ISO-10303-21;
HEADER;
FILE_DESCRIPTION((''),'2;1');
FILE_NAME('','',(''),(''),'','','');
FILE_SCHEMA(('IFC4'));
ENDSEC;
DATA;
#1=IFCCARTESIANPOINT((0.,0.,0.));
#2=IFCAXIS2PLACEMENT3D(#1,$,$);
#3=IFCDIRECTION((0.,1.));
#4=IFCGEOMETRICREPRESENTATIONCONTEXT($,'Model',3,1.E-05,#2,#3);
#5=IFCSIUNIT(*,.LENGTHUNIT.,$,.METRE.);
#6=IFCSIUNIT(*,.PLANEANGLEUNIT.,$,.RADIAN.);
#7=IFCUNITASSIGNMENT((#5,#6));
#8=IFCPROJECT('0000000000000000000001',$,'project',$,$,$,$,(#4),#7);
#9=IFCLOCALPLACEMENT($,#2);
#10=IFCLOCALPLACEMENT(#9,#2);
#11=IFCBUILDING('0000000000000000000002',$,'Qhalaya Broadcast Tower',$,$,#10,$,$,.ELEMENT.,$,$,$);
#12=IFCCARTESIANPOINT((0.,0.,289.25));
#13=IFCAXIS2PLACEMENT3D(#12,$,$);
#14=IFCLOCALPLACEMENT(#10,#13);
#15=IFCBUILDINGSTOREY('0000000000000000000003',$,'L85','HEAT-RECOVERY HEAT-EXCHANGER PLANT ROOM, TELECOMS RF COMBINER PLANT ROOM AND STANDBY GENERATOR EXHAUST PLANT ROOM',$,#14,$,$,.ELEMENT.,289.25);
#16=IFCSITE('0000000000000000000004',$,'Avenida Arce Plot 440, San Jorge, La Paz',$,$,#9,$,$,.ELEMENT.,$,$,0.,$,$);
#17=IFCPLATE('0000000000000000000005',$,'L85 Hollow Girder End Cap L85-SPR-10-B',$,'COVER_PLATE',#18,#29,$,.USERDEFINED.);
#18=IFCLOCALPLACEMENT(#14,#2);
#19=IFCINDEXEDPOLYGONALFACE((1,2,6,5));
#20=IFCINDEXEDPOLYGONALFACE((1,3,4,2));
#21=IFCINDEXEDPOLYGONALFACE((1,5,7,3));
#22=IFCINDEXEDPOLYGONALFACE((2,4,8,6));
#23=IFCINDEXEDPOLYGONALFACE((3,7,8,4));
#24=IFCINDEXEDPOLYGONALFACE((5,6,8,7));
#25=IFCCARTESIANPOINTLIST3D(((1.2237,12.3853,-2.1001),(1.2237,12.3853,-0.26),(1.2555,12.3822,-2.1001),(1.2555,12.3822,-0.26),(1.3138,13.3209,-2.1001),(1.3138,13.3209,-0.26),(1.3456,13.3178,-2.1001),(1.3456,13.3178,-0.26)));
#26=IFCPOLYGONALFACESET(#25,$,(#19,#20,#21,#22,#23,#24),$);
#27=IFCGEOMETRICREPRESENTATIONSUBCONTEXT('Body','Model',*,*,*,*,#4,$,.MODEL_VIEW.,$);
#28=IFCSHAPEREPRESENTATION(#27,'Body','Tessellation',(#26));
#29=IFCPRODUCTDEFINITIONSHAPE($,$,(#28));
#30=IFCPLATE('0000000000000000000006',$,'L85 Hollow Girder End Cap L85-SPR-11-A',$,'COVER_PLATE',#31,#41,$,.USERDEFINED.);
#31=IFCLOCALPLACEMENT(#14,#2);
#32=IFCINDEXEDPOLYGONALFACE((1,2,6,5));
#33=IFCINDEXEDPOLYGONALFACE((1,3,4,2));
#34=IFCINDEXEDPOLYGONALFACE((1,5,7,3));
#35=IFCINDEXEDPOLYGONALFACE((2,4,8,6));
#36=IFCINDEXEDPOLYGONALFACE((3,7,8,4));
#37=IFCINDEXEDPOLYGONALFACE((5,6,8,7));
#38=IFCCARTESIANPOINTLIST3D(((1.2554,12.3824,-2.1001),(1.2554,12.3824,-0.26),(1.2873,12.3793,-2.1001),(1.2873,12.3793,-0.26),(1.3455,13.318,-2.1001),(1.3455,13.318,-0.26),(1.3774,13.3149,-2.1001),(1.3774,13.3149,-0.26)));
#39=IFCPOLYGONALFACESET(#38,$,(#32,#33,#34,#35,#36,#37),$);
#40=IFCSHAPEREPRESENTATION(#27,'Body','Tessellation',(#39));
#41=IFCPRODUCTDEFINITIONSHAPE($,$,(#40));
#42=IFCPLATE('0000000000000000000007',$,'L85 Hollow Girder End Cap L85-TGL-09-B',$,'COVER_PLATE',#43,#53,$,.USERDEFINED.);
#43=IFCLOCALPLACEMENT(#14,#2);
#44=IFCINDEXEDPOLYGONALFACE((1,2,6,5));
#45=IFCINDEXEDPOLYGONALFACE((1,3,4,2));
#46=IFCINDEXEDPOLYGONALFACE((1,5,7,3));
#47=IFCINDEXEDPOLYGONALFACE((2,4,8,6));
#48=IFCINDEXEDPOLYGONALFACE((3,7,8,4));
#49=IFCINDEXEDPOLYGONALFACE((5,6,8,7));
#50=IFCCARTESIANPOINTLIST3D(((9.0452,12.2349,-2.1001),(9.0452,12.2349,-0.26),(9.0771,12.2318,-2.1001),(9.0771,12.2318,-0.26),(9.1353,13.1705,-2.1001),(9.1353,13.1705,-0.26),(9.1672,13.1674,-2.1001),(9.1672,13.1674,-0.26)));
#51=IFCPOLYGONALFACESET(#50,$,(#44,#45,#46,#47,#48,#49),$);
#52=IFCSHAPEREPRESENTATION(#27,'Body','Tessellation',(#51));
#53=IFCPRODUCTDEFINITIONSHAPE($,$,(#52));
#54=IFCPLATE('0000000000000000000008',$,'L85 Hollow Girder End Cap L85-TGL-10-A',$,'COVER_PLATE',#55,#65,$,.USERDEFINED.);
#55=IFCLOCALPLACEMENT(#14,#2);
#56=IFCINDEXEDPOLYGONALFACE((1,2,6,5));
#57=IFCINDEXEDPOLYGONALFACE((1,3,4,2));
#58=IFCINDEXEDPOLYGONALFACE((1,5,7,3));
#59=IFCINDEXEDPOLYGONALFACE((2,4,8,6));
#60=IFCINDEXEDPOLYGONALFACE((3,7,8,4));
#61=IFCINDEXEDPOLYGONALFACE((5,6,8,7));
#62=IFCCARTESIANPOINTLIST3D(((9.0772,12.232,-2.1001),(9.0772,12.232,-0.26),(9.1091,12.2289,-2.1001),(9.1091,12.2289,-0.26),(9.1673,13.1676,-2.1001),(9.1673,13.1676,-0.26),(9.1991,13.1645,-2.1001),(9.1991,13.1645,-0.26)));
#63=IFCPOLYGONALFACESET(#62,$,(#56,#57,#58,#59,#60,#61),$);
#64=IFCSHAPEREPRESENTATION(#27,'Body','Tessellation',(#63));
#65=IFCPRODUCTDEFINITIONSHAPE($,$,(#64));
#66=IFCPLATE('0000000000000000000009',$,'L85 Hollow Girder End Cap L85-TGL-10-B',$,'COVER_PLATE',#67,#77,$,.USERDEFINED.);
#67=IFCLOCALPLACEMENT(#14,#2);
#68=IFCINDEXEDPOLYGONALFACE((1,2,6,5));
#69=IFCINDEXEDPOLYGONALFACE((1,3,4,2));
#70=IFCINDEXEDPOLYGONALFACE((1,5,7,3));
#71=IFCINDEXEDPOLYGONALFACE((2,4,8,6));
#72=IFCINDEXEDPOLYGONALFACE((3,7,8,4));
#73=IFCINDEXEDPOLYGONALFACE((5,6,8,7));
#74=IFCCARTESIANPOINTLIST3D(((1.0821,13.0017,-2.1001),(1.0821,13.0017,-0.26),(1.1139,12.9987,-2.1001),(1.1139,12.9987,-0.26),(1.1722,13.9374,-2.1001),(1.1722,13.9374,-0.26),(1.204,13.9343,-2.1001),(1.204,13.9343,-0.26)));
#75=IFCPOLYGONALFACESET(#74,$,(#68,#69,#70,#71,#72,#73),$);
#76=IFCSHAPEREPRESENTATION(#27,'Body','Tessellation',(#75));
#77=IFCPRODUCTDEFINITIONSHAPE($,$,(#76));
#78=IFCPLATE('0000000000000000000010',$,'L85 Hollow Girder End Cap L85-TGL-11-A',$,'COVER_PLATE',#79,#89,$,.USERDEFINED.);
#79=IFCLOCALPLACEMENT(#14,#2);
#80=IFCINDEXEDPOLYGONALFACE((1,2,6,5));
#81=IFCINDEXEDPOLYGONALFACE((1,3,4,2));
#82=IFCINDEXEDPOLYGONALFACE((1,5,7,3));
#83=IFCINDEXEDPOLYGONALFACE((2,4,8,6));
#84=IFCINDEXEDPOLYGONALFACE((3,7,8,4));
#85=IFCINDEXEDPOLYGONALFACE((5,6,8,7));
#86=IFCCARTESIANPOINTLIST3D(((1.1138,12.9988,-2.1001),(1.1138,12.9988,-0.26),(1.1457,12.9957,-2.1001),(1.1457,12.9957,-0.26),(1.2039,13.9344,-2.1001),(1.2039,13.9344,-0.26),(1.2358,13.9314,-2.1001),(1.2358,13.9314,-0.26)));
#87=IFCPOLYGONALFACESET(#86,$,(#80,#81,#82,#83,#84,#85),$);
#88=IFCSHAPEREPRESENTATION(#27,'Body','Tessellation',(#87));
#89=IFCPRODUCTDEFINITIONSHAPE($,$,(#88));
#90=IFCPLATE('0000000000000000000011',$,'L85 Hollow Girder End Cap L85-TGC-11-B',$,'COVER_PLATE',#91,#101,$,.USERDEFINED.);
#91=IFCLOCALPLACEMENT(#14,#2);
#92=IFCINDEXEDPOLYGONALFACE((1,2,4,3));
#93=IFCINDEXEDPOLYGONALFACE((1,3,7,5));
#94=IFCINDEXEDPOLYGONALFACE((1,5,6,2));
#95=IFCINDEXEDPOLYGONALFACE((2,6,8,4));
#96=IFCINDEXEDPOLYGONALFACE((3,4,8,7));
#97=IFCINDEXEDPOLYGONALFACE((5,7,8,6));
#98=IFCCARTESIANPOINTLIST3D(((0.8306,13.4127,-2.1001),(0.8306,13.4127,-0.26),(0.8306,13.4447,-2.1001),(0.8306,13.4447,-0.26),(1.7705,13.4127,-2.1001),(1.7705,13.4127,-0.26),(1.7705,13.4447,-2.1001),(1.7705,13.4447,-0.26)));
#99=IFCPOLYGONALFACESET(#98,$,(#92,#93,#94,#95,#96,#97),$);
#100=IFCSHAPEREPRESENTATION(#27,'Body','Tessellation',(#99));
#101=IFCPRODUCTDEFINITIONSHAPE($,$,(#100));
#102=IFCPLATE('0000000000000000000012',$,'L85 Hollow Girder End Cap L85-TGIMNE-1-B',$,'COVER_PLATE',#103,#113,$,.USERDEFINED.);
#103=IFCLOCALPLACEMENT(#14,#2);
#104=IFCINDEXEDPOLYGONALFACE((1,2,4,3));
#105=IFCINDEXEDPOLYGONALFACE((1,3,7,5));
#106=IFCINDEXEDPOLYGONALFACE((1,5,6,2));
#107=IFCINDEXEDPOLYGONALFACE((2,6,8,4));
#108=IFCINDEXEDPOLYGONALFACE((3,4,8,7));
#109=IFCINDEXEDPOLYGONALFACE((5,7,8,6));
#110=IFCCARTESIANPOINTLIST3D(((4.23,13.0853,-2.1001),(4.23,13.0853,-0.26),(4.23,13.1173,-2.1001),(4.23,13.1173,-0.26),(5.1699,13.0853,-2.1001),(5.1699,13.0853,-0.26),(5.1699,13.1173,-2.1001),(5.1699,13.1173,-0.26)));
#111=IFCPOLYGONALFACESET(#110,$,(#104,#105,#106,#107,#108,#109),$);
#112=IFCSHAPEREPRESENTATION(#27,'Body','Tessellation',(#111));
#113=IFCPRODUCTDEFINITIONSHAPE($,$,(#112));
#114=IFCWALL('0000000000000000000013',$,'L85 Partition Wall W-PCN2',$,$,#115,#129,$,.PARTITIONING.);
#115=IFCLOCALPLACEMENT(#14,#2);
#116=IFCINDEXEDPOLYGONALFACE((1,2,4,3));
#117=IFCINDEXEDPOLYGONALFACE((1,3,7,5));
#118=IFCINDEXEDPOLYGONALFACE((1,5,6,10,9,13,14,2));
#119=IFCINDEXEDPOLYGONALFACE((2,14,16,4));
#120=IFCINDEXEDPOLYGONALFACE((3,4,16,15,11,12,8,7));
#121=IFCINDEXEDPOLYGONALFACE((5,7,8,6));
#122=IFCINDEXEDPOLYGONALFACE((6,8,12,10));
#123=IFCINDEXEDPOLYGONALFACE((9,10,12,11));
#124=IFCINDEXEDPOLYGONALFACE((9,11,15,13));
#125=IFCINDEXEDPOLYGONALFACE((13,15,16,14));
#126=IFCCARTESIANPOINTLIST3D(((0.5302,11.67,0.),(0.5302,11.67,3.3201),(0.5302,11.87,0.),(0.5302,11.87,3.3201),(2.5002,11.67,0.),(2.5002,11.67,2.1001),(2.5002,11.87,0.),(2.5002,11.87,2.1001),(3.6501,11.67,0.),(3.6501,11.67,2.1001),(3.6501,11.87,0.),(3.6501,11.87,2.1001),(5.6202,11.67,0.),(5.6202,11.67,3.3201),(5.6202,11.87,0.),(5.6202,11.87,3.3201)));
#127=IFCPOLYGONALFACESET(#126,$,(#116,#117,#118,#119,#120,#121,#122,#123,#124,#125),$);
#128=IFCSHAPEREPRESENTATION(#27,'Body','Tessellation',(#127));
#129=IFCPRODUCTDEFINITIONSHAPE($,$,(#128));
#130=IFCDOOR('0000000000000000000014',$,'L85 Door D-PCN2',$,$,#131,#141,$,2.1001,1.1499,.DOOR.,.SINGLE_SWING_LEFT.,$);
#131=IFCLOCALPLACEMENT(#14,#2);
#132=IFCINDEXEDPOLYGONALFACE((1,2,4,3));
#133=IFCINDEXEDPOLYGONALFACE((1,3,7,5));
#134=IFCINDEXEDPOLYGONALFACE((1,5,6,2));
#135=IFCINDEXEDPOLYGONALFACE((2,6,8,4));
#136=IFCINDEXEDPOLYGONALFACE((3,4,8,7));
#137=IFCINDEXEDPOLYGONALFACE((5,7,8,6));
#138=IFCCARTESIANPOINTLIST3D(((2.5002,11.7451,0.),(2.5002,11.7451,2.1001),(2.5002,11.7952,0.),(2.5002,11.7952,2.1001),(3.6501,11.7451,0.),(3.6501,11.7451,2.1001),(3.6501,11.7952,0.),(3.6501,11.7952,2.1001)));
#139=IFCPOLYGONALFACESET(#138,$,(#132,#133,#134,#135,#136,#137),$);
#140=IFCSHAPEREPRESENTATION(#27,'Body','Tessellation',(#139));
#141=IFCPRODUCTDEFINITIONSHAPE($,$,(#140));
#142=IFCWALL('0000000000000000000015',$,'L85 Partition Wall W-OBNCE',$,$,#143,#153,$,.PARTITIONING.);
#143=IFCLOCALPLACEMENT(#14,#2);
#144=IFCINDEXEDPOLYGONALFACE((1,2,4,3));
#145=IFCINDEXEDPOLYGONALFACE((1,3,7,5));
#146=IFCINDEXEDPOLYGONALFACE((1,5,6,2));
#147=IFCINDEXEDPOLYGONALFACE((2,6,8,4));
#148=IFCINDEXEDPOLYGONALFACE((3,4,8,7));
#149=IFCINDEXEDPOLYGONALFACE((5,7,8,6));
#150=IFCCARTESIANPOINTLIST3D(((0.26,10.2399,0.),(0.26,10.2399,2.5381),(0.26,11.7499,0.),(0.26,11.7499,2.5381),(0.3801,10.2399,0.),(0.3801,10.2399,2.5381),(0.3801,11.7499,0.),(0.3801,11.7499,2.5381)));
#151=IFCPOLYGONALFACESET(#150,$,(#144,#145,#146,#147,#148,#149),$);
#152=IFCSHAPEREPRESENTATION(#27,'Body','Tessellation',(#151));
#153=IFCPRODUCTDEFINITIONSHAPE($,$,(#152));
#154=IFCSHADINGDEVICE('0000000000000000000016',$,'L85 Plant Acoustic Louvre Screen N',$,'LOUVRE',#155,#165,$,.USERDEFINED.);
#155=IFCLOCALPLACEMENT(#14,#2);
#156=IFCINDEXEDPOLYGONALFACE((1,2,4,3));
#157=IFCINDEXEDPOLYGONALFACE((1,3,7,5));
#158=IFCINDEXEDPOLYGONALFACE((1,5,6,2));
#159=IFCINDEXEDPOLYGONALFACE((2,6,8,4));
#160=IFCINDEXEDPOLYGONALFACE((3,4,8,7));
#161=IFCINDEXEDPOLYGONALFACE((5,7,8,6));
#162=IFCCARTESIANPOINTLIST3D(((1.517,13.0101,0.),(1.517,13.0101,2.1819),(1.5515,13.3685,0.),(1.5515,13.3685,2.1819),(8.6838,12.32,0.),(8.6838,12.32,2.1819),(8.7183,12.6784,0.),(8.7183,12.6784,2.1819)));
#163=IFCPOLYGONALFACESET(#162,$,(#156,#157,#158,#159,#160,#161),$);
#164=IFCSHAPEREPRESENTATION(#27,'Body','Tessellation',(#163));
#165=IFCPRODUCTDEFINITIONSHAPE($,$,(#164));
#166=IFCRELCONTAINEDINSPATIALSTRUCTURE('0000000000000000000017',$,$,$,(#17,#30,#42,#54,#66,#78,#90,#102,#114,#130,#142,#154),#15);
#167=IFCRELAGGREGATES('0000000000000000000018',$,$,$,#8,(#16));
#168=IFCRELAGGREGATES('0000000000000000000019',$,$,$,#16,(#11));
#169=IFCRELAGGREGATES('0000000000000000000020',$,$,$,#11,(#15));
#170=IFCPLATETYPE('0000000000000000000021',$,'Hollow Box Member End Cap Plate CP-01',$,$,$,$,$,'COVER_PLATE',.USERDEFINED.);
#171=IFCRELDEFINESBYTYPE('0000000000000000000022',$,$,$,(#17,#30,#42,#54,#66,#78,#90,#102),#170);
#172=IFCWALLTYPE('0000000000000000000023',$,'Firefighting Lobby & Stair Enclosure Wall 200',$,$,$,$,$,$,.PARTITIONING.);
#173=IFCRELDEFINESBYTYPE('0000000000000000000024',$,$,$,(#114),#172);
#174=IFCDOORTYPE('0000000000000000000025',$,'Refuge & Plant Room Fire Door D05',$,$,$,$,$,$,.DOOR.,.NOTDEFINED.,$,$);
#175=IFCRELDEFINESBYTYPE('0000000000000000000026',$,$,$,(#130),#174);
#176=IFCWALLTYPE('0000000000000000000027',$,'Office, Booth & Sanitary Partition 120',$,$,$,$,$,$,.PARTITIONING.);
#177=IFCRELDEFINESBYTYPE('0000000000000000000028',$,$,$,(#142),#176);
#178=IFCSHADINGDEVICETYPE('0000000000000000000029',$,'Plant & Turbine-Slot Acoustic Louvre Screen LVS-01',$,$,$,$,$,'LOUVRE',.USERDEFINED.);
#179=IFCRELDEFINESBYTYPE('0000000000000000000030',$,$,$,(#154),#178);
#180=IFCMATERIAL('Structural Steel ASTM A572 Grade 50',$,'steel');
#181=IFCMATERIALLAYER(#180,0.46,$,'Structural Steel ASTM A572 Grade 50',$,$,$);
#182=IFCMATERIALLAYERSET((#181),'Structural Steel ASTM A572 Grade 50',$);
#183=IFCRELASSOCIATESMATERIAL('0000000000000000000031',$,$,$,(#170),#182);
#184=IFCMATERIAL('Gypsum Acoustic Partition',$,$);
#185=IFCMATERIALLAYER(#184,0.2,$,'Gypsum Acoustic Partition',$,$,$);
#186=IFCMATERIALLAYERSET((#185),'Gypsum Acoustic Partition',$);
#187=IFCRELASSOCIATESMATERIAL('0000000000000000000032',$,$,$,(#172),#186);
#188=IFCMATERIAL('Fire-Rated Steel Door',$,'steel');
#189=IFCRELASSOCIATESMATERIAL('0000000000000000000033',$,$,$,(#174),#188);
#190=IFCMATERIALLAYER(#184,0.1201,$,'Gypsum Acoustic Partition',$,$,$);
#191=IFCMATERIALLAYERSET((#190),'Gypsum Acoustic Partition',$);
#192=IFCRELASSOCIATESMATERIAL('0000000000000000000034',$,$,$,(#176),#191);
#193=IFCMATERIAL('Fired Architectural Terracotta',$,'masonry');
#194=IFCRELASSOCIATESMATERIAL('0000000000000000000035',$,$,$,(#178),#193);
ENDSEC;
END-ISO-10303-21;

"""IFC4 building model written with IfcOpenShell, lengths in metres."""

from ifc_helpers import new_model, si_unit, direction, frame, frame_2d, origin, origin_2d, place, context, subcontext, project, spatial, rectangle, extrude, material, layer, layer_set, type_object, element, fill, save


model = new_model("IFC4")

# Units and contexts
model_context = context("Model", 3, precision=1e-05, world=origin(), true_north=direction((0.0, 1.0)))
body_context = subcontext(model_context, "Body", "Model", "MODEL_VIEW")
ifc_project = project(units=[si_unit("LENGTHUNIT", "METRE"), si_unit("PLANEANGLEUNIT", "RADIAN")], contexts=[model_context])

# Site, building, storey
site_placement = place(None, origin())
site = spatial("IfcSite", under=ifc_project, at=site_placement, Name="Avenida Arce Plot 440, San Jorge, La Paz", CompositionType="ELEMENT", RefElevation=0.0)
building_placement = place(site_placement, origin())
building = spatial("IfcBuilding", under=site, at=building_placement, Name="Qhalaya Broadcast Tower", CompositionType="ELEMENT")
storey_placement = place(building_placement, frame((0.0, 0.0, 289.25)))
storey = spatial("IfcBuildingStorey", under=building, at=storey_placement, Name="L85", Description="HEAT-RECOVERY HEAT-EXCHANGER PLANT ROOM, TELECOMS RF COMBINER PLANT ROOM AND STANDBY GENERATOR EXHAUST PLANT ROOM", CompositionType="ELEMENT", Elevation=289.25)

# Shared definitions
ifc_material_1 = material(Name="Structural Steel ASTM A572 Grade 50", Category="steel")

# Plates
ifc_layer_1 = layer(ifc_material_1, 0.46, Name="Structural Steel ASTM A572 Grade 50")
ifc_layer_set_1 = layer_set([ifc_layer_1], Name="Structural Steel ASTM A572 Grade 50")
plate_type = type_object("IfcPlateType", Name="Hollow Box Member End Cap Plate CP-01", ElementType="COVER_PLATE", PredefinedType="USERDEFINED", material=ifc_layer_set_1)
for number, where, z_axis, x_axis, name in (
    (1, (1.2847, 12.8516, -2.1001), (0.0, 0.0, 1.0), (-0.095846, -0.995396, 0.0), "L85 Hollow Girder End Cap L85-SPR-10-B"),
    (2, (1.3164, 12.8486, -2.1001), (0.0, 0.0, 1.0), (-0.095846, -0.995396, 0.0), "L85 Hollow Girder End Cap L85-SPR-11-A"),
    (3, (9.1062, 12.7012, -2.1001), (0.0, 0.0, 1.0), (-0.095846, -0.995396, 0.0), "L85 Hollow Girder End Cap L85-TGL-09-B"),
    (4, (9.1382, 12.6982, -2.1001), (0.0, 0.0, 1.0), (-0.095846, -0.995396, 0.0), "L85 Hollow Girder End Cap L85-TGL-10-A"),
    (5, (1.1431, 13.468, -2.1001), (0.0, 0.0, 1.0), (-0.095846, -0.995396, 0.0), "L85 Hollow Girder End Cap L85-TGL-10-B"),
    (6, (1.1748, 13.4651, -2.1001), (0.0, 0.0, 1.0), (-0.095846, -0.995396, 0.0), "L85 Hollow Girder End Cap L85-TGL-11-A"),
    (7, (1.3005, 13.4287, -2.1001), (0.0, 0.0, 1.0), (-1.0, 0.0, 0.0), "L85 Hollow Girder End Cap L85-TGC-11-B"),
    (8, (4.7, 13.1013, -2.1001), (0.0, 0.0, 1.0), (-1.0, 0.0, 0.0), "L85 Hollow Girder End Cap L85-TGIMNE-1-B"),
):
    element("IfcPlate", number, at=place(storey_placement, frame(where, z_axis=z_axis, x_axis=x_axis)), inside=storey, type_object=plate_type, Name=name, ObjectType="COVER_PLATE", PredefinedType="USERDEFINED", context=body_context, shape_type="SweptSolid", body=[
        extrude(rectangle(XDim=0.9399, YDim=0.032, at=origin_2d()), origin(), (0.0, 0.0, 1.0), 1.8401),
    ])

# Wall, opening, door
ifc_material_2 = material(Name="Gypsum Acoustic Partition")
ifc_layer_2 = layer(ifc_material_2, 0.2, Name="Gypsum Acoustic Partition")
ifc_layer_set_2 = layer_set([ifc_layer_2], Name="Gypsum Acoustic Partition")
wall_type_1 = type_object("IfcWallType", Name="Firefighting Lobby & Stair Enclosure Wall 200", PredefinedType="PARTITIONING", material=ifc_layer_set_2)
wall_1_placement = place(storey_placement, frame((5.6201, 11.77, 0.0), z_axis=(0.0, 0.0, 1.0), x_axis=(-1.0, 0.0, 0.0)))
wall_1 = element("IfcWall", 9, at=wall_1_placement, inside=storey, type_object=wall_type_1, Name="L85 Partition Wall W-PCN2", PredefinedType="PARTITIONING", context=body_context, shape_type="SweptSolid", body=[
    extrude(rectangle(XDim=5.0901, YDim=0.2, at=frame_2d((2.5449, 0.0))), origin(), (0.0, 0.0, 1.0), 3.3201),
])
opening_placement = place(wall_1_placement, frame((1.97, 0.0, 0.0)))
opening = element("IfcOpeningElement", 10, at=opening_placement, cuts=wall_1, PredefinedType="OPENING", context=body_context, shape_type="SweptSolid", body=[
    extrude(rectangle(XDim=1.1499, YDim=2.1001, at=frame_2d((0.575, 1.05))), frame((0.0, 0.1121, 0.0), z_axis=(0.0, -1.0, 0.0), x_axis=(1.0, 0.0, 0.0)), (0.0, 0.0, 1.0), 0.2239),
])
ifc_material_3 = material(Name="Fire-Rated Steel Door", Category="steel")
door_type = type_object("IfcDoorType", Name="Refuge & Plant Room Fire Door D05", OperationType="NOTDEFINED", PredefinedType="DOOR", material=ifc_material_3)
door_placement = place(opening_placement, origin())
door = element("IfcDoor", 11, at=door_placement, inside=storey, type_object=door_type, Name="L85 Door D-PCN2", OperationType="SINGLE_SWING_LEFT", OverallHeight=2.1001, OverallWidth=1.1499, PredefinedType="DOOR", context=body_context, shape_type="SweptSolid", body=[
    extrude(rectangle(XDim=1.1499, YDim=2.1001, at=frame_2d((0.575, 1.05))), frame((0.0, 0.0249, 0.0), z_axis=(0.0, -1.0, 0.0), x_axis=(1.0, 0.0, 0.0)), (0.0, 0.0, 1.0), 0.05),
])
fill(opening, door)

# Wall
ifc_layer_3 = layer(ifc_material_2, 0.1201, Name="Gypsum Acoustic Partition")
ifc_layer_set_3 = layer_set([ifc_layer_3], Name="Gypsum Acoustic Partition")
wall_type_2 = type_object("IfcWallType", Name="Office, Booth & Sanitary Partition 120", PredefinedType="PARTITIONING", material=ifc_layer_set_3)
wall_2_placement = place(storey_placement, frame((0.3201, 10.24, 0.0), z_axis=(0.0, 0.0, 1.0), x_axis=(0.0, 1.0, 0.0)))
element("IfcWall", 12, at=wall_2_placement, inside=storey, type_object=wall_type_2, Name="L85 Partition Wall W-OBNCE", PredefinedType="PARTITIONING", context=body_context, shape_type="SweptSolid", body=[
    extrude(rectangle(XDim=1.51, YDim=0.1201, at=frame_2d((0.7549, 0.0))), origin(), (0.0, 0.0, 1.0), 2.5381),
])

# Shading device
ifc_material_4 = material(Name="Fired Architectural Terracotta", Category="masonry")
shading_device_type = type_object("IfcShadingDeviceType", Name="Plant & Turbine-Slot Acoustic Louvre Screen LVS-01", ElementType="LOUVRE", PredefinedType="USERDEFINED", material=ifc_material_4)
shading_device_placement = place(storey_placement, frame((5.1177, 12.8442, 0.0), z_axis=(0.0, 0.0, 1.0), x_axis=(0.995396, -0.095846, 0.0)))
element("IfcShadingDevice", 13, at=shading_device_placement, inside=storey, type_object=shading_device_type, Name="L85 Plant Acoustic Louvre Screen N", ObjectType="LOUVRE", PredefinedType="USERDEFINED", context=body_context, shape_type="SweptSolid", body=[
    extrude(rectangle(XDim=7.2, YDim=0.3601, at=origin_2d()), origin(), (0.0, 0.0, 1.0), 2.1819),
])

save(model, "model.ifc")
